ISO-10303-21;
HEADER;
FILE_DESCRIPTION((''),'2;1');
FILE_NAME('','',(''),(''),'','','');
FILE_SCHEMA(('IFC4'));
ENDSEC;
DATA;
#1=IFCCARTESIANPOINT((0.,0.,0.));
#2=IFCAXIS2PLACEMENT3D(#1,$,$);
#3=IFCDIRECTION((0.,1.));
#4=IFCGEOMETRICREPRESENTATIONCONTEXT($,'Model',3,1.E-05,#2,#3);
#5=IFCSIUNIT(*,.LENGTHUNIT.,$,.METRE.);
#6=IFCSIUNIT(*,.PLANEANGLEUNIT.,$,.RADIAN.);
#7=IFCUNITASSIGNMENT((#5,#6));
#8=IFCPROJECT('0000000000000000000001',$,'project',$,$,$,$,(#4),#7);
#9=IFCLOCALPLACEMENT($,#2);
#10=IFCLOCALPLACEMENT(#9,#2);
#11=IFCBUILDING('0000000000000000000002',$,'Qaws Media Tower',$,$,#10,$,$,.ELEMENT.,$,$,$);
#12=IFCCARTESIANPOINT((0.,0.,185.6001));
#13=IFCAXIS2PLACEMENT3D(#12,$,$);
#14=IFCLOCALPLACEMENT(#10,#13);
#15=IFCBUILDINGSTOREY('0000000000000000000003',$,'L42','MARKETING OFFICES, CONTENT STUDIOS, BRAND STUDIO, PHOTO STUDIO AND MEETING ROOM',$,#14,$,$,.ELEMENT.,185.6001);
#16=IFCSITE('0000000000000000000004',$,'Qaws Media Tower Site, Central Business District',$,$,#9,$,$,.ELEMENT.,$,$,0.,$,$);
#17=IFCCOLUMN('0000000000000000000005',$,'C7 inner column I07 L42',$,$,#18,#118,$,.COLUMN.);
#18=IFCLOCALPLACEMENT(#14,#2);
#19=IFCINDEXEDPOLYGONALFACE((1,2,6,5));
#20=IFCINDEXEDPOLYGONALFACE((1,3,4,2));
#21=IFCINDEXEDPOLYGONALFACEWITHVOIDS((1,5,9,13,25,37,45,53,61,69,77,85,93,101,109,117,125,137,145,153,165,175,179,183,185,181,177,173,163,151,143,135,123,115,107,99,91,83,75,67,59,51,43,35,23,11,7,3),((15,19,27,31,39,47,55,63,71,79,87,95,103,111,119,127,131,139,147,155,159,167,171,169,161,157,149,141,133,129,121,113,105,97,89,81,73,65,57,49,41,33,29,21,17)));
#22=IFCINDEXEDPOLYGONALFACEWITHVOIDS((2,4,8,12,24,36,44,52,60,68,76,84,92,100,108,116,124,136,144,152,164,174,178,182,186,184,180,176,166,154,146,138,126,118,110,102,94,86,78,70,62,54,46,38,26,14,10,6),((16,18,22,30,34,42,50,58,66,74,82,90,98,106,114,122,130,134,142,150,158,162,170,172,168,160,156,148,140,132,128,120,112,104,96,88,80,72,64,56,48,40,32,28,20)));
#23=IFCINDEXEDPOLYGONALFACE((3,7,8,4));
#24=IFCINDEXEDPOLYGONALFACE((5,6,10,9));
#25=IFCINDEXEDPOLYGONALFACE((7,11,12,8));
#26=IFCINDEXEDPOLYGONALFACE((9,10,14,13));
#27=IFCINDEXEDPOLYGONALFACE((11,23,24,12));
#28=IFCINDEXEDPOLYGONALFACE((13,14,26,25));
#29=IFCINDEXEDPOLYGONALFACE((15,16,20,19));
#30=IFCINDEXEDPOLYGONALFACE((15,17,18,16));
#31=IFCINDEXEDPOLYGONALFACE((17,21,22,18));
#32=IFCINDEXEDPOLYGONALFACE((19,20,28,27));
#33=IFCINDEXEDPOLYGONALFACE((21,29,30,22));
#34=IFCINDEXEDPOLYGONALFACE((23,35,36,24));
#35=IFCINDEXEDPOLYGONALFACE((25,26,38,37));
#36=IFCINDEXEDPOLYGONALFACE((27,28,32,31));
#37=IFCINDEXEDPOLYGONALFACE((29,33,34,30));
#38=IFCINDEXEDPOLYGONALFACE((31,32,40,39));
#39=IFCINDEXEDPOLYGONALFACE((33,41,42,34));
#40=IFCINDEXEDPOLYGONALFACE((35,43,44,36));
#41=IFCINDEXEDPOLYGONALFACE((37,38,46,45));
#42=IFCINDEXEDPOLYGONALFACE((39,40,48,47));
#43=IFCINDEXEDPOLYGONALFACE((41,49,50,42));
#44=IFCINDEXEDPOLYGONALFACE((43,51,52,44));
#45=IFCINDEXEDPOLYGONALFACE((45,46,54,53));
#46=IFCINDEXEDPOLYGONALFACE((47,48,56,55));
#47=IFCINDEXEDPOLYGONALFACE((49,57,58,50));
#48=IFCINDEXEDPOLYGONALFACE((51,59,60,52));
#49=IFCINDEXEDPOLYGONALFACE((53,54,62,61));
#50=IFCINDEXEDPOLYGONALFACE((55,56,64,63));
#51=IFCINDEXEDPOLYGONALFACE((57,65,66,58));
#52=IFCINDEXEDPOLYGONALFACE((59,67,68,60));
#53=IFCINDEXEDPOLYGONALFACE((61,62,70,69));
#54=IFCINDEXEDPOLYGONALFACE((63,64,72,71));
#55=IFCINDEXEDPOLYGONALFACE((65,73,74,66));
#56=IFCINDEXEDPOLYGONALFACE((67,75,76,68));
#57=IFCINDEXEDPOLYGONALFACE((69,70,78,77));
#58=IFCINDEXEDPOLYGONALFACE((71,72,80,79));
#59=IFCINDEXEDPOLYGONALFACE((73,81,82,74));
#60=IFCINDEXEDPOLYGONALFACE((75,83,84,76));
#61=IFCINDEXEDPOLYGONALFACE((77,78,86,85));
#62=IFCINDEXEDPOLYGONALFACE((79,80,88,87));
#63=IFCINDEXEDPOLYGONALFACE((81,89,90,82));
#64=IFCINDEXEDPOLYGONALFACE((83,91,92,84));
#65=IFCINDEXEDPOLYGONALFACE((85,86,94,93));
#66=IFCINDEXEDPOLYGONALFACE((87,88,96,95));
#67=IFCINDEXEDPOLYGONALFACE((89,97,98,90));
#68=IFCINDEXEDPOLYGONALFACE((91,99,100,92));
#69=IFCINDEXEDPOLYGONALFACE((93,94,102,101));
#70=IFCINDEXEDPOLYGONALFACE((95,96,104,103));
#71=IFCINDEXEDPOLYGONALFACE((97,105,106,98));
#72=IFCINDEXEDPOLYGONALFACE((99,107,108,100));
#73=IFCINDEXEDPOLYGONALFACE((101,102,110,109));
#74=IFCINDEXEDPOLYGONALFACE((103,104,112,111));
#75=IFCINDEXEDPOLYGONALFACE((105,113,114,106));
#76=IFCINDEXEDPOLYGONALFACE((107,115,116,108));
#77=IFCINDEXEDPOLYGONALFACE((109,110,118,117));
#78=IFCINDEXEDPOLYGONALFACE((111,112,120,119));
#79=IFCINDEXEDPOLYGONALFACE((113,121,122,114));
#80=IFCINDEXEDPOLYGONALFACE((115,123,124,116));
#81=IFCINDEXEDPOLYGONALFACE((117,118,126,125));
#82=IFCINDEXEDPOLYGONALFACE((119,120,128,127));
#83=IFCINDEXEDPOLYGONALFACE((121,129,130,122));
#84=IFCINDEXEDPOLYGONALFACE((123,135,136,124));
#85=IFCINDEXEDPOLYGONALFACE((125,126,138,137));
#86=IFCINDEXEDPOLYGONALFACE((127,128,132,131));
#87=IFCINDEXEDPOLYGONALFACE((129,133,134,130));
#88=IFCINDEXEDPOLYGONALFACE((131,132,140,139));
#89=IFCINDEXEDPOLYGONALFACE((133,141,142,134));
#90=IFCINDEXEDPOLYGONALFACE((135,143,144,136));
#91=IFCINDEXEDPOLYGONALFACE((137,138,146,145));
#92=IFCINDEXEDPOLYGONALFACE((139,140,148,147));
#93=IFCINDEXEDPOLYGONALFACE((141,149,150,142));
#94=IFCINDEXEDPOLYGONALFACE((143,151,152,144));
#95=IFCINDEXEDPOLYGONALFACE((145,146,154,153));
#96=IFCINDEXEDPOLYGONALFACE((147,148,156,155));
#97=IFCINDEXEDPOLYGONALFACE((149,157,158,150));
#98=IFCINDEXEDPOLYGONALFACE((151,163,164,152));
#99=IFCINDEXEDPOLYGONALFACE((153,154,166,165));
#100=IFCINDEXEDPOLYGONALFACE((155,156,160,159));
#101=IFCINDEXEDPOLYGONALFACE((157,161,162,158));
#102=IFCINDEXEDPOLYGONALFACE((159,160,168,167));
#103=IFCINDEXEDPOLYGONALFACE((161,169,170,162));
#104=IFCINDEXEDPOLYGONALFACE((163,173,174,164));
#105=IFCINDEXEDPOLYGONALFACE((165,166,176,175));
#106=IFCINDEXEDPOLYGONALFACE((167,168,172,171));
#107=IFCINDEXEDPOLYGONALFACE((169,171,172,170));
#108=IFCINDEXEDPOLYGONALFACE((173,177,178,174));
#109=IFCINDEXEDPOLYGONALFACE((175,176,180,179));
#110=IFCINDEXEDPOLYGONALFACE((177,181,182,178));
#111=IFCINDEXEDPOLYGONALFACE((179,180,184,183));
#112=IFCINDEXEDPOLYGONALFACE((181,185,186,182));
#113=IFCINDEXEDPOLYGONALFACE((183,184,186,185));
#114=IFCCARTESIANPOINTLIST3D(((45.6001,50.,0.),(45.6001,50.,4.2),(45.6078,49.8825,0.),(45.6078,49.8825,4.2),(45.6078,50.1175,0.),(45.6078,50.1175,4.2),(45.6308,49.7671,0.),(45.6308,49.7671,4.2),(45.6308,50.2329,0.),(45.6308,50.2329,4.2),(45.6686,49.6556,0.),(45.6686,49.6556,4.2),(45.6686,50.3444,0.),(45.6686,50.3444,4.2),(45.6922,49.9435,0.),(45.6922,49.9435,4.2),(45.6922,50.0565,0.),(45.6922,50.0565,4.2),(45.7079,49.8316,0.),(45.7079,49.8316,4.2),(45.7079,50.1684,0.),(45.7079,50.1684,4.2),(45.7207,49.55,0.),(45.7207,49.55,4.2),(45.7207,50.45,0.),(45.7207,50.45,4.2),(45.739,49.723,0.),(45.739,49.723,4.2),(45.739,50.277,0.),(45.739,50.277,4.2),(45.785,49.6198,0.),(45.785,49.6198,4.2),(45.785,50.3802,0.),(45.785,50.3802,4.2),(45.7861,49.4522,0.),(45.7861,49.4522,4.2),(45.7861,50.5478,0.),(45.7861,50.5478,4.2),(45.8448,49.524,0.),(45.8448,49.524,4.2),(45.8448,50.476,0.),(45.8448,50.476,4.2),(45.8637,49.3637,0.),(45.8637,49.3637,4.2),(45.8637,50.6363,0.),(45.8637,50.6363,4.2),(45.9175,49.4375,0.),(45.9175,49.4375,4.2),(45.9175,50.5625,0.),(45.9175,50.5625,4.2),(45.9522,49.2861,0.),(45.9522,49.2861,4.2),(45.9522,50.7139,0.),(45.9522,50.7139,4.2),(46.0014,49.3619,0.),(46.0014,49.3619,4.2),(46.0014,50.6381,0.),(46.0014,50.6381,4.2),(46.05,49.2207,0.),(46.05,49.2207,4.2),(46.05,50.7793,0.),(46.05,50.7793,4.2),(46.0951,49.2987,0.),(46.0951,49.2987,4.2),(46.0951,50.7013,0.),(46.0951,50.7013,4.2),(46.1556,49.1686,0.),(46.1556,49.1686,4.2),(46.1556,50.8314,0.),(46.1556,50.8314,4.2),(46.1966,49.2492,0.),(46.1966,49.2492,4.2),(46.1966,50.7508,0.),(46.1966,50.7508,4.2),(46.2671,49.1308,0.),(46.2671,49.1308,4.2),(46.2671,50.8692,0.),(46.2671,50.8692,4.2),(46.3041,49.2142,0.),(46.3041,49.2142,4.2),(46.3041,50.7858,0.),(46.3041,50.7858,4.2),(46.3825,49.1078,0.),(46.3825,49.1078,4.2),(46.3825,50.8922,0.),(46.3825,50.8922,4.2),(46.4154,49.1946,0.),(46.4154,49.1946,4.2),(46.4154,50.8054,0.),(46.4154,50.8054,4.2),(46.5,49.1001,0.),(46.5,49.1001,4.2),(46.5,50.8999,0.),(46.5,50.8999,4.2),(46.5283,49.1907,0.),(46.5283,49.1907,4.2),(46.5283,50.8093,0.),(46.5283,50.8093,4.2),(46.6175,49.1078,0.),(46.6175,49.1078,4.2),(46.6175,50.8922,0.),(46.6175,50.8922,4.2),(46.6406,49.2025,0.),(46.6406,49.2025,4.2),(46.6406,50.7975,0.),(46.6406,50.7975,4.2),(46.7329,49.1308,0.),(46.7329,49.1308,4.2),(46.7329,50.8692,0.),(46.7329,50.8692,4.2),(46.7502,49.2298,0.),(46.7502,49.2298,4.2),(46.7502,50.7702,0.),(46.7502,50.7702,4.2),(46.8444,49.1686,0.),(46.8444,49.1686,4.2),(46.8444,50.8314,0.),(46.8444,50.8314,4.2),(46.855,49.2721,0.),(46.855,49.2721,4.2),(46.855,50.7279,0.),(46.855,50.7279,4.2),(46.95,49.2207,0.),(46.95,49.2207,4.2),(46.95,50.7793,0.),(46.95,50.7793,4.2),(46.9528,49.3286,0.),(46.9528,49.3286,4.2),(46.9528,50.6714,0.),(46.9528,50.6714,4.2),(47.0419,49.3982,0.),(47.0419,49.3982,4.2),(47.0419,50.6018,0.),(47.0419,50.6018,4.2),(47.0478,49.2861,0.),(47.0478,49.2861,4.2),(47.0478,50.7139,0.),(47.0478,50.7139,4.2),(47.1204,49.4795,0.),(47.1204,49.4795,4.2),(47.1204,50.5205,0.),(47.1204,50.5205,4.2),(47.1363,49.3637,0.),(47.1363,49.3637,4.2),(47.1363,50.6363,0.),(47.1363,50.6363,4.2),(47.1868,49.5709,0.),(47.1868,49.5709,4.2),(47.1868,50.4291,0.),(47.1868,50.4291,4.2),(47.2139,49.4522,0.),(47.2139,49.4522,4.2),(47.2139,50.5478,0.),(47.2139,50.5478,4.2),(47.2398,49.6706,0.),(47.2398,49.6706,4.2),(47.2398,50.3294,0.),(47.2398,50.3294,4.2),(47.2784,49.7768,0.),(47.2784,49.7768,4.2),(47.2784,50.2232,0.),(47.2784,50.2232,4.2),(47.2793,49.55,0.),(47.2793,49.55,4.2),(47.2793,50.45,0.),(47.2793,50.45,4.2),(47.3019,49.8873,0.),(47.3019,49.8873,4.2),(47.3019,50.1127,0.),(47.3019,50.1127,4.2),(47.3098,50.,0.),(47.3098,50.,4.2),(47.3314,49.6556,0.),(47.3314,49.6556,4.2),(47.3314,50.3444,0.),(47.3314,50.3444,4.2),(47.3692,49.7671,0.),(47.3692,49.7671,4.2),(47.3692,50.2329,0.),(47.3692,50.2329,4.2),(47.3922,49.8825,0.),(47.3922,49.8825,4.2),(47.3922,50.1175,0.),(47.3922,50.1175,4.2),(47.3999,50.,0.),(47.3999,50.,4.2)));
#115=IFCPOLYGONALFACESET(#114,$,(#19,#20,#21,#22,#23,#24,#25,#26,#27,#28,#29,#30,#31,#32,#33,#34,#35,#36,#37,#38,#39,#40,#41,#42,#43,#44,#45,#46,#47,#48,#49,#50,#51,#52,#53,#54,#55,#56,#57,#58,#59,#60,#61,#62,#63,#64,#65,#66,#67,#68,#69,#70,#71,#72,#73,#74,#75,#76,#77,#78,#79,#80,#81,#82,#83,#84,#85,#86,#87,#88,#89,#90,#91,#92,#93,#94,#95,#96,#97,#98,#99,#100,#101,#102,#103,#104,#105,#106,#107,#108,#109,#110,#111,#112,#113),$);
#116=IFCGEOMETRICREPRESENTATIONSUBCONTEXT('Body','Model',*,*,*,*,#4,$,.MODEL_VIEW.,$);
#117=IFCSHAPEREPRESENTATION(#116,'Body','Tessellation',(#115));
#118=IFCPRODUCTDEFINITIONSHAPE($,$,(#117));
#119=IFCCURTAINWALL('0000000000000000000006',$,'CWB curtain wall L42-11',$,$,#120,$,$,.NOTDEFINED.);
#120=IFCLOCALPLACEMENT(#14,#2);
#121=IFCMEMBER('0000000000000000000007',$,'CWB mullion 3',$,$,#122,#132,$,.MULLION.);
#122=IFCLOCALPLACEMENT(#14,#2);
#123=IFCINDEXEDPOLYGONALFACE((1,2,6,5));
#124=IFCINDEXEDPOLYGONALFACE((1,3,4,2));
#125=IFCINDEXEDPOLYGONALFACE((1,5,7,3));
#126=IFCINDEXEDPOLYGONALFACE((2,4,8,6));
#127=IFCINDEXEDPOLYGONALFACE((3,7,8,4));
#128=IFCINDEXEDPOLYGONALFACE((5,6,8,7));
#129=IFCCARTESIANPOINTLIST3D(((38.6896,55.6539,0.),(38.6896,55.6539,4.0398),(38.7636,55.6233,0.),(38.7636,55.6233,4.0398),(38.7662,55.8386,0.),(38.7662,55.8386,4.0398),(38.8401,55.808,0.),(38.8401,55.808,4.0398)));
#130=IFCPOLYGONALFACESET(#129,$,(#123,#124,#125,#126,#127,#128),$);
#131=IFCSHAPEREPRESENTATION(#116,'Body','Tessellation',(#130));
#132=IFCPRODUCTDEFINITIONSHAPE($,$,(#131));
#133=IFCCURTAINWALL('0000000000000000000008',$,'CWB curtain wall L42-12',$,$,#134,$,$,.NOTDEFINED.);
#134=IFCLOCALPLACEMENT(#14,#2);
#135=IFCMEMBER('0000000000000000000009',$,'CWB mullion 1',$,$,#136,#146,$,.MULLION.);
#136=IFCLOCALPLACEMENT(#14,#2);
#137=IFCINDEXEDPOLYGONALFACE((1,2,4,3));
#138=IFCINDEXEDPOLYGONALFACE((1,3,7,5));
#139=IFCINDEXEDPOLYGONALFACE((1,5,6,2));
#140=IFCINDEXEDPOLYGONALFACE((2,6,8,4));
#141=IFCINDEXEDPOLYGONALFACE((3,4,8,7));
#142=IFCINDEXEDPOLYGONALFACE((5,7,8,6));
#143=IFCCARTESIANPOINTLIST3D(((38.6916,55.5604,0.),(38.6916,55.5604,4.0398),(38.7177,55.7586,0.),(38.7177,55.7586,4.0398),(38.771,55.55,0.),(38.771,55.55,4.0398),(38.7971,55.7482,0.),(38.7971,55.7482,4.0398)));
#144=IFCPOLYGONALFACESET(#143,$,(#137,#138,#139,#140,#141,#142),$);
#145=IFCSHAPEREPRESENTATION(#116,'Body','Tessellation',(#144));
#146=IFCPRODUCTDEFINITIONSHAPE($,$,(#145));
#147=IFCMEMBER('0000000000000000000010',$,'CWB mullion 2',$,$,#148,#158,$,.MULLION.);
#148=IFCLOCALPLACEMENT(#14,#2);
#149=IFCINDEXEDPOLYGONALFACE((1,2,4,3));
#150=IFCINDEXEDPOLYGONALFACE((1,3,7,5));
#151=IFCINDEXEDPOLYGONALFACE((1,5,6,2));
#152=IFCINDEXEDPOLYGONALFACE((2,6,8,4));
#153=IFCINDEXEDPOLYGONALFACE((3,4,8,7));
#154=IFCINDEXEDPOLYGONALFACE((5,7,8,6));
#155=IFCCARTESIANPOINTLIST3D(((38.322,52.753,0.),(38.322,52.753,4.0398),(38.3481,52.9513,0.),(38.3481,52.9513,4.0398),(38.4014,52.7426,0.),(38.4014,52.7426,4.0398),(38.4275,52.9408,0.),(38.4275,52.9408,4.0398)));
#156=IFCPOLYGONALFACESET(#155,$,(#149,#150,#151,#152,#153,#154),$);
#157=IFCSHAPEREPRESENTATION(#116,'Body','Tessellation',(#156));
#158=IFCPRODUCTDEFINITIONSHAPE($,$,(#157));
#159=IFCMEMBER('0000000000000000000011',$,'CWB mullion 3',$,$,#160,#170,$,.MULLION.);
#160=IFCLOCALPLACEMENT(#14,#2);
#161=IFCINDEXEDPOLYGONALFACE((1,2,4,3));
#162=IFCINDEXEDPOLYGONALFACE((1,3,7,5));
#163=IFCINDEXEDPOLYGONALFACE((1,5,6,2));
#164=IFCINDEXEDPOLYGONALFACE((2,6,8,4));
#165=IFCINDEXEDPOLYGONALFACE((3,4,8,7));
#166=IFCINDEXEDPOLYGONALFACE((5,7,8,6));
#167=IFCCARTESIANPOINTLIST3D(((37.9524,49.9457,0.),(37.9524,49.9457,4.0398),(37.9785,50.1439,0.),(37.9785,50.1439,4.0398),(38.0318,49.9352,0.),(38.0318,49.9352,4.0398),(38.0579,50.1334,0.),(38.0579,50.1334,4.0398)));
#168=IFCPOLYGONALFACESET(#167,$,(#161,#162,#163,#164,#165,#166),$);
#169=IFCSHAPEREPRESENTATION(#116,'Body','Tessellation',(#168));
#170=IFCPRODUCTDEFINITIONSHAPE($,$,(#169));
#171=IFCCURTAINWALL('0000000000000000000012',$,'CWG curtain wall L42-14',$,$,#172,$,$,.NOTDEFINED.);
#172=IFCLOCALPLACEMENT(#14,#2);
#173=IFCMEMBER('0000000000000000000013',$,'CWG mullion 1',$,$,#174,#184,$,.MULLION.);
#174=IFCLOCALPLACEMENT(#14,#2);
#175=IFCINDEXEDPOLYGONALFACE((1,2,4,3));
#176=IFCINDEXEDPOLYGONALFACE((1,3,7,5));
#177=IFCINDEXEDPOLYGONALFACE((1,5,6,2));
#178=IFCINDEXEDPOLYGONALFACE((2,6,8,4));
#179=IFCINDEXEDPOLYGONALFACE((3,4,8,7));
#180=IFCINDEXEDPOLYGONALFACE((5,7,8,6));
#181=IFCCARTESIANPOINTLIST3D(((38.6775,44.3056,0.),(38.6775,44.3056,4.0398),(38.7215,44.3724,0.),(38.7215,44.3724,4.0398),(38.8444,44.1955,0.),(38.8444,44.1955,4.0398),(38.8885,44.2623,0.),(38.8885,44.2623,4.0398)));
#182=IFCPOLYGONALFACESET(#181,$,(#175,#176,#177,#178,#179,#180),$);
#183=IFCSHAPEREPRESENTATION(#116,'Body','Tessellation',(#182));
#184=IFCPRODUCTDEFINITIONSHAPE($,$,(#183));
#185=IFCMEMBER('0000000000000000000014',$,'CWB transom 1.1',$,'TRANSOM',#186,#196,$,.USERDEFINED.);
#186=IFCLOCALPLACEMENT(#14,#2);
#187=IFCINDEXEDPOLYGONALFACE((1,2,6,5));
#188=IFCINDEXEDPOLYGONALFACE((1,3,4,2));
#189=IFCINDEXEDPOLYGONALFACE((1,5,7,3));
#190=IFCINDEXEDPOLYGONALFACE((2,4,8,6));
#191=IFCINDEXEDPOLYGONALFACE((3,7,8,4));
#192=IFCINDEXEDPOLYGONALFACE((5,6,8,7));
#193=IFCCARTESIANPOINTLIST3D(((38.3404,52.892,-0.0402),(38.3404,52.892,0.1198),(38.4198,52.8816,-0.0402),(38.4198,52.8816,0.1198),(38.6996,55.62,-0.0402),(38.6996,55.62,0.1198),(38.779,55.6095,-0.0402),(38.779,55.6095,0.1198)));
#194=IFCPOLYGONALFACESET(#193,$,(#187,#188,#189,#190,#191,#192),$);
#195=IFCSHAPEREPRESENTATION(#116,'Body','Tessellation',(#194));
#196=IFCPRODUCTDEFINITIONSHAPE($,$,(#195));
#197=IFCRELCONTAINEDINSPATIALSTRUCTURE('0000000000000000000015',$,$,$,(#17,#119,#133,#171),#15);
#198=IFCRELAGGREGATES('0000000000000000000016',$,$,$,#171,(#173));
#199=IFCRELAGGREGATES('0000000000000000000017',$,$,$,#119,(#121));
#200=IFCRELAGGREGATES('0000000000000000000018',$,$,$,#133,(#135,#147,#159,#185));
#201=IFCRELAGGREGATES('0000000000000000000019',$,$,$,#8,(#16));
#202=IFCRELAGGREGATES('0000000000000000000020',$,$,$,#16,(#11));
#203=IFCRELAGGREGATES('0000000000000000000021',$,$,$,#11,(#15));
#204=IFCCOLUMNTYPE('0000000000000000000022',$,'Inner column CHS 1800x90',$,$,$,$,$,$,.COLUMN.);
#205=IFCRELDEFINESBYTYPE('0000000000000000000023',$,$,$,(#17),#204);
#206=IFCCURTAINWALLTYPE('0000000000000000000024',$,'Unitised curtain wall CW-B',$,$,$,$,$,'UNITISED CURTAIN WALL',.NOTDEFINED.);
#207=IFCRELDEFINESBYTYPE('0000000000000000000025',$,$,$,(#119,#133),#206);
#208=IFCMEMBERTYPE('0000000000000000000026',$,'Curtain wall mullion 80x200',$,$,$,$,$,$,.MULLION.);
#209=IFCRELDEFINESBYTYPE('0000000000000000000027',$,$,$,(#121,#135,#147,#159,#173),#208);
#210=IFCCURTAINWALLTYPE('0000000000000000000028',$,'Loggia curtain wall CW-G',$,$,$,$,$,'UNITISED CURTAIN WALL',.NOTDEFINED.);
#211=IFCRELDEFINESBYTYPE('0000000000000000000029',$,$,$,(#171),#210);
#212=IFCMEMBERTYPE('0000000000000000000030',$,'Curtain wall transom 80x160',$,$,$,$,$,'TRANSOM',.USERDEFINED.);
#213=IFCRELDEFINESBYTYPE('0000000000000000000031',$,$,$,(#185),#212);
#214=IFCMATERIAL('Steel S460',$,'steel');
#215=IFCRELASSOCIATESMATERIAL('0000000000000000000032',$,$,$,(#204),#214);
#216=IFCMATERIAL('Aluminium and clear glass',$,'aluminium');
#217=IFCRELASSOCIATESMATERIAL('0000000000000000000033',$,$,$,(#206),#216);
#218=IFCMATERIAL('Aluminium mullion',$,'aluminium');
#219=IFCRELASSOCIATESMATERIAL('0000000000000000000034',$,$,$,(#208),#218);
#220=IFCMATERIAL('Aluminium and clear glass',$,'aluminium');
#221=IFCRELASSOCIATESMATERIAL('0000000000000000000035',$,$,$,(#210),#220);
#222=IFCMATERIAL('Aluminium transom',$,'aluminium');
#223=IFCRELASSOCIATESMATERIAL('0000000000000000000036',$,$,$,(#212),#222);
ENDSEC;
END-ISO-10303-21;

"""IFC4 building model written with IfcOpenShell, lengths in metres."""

from ifc_helpers import new_model, si_unit, direction, frame, origin, origin_2d, place, context, subcontext, project, spatial, rectangle, hollow_circle, extrude, material, material_profile, profile_set, type_object, element, aggregate, save


model = new_model("IFC4")

# Units and contexts
model_context = context("Model", 3, precision=1e-05, world=origin(), true_north=direction((0.0, 1.0)))
body_context = subcontext(model_context, "Body", "Model", "MODEL_VIEW")
ifc_project = project(units=[si_unit("LENGTHUNIT", "METRE"), si_unit("PLANEANGLEUNIT", "RADIAN")], contexts=[model_context])

# Site, building, storey
site_placement = place(None, origin())
site = spatial("IfcSite", under=ifc_project, at=site_placement, Name="Qaws Media Tower Site, Central Business District", CompositionType="ELEMENT", RefElevation=0.0)
building_placement = place(site_placement, origin())
building = spatial("IfcBuilding", under=site, at=building_placement, Name="Qaws Media Tower", CompositionType="ELEMENT")
storey_placement = place(building_placement, frame((0.0, 0.0, 185.6001)))
storey = spatial("IfcBuildingStorey", under=building, at=storey_placement, Name="L42", Description="MARKETING OFFICES, CONTENT STUDIOS, BRAND STUDIO, PHOTO STUDIO AND MEETING ROOM", CompositionType="ELEMENT", Elevation=185.6001)

# Column
ifc_material_1 = material(Name="Steel S460", Category="steel")
ifc_material_profile_1 = material_profile(ifc_material_1, hollow_circle(Radius=0.8999, WallThickness=0.0901, at=origin_2d()), Name="CHS 1800x90")
ifc_profile_set_1 = profile_set([ifc_material_profile_1], Name="Steel S460")
column_type = type_object("IfcColumnType", Name="Inner column CHS 1800x90", PredefinedType="COLUMN", material=ifc_profile_set_1)
column_placement = place(storey_placement, frame((46.5, 50.0, 0.0), z_axis=(0.0, 0.0, 1.0), x_axis=(1.0, 0.0, 0.0)))
element("IfcColumn", 1, at=column_placement, inside=storey, type_object=column_type, Name="C7 inner column I07 L42", PredefinedType="COLUMN", context=body_context, shape_type="SweptSolid", body=[
    extrude(hollow_circle(Radius=0.8999, WallThickness=0.0901, at=origin_2d()), origin(), (0.0, 0.0, 1.0), 4.2),
])

# Curtain wall, member
ifc_material_2 = material(Name="Aluminium and clear glass", Category="aluminium")
curtain_wall_type_1 = type_object("IfcCurtainWallType", Name="Unitised curtain wall CW-B", ElementType="UNITISED CURTAIN WALL", PredefinedType="NOTDEFINED", material=ifc_material_2)
curtain_wall_1_placement = place(storey_placement, origin())
curtain_wall_1 = element("IfcCurtainWall", 2, at=curtain_wall_1_placement, inside=storey, type_object=curtain_wall_type_1, Name="CWB curtain wall L42-11", PredefinedType="NOTDEFINED")
ifc_material_3 = material(Name="Aluminium mullion", Category="aluminium")
ifc_material_profile_2 = material_profile(ifc_material_3, rectangle(XDim=0.0801, YDim=0.2, at=origin_2d()), Name="80x200")
ifc_profile_set_2 = profile_set([ifc_material_profile_2], Name="Aluminium mullion")
member_type_1 = type_object("IfcMemberType", Name="Curtain wall mullion 80x200", PredefinedType="MULLION", material=ifc_profile_set_2)
member_1_placement = place(storey_placement, frame((38.7649, 55.731, 0.0), z_axis=(0.0, 0.0, 1.0), x_axis=(0.92388, -0.382683, 0.0)))
member_1 = element("IfcMember", 3, at=member_1_placement, type_object=member_type_1, Name="CWB mullion 3", PredefinedType="MULLION", context=body_context, shape_type="SweptSolid", body=[
    extrude(rectangle(XDim=0.0801, YDim=0.2, at=origin_2d()), origin(), (0.0, 0.0, 1.0), 4.0398),
])

# Curtain wall, members
curtain_wall_2_placement = place(storey_placement, origin())
curtain_wall_2 = element("IfcCurtainWall", 4, at=curtain_wall_2_placement, inside=storey, type_object=curtain_wall_type_1, Name="CWB curtain wall L42-12", PredefinedType="NOTDEFINED")
member_2_placement = place(storey_placement, frame((38.7444, 55.6543, 0.0), z_axis=(0.0, 0.0, 1.0), x_axis=(0.991445, -0.130526, 0.0)))
member_2 = element("IfcMember", 5, at=member_2_placement, type_object=member_type_1, Name="CWB mullion 1", PredefinedType="MULLION", context=body_context, shape_type="SweptSolid", body=[
    extrude(rectangle(XDim=0.0801, YDim=0.2, at=origin_2d()), origin(), (0.0, 0.0, 1.0), 4.0398),
])
member_3_placement = place(storey_placement, frame((38.3748, 52.8469, 0.0), z_axis=(0.0, 0.0, 1.0), x_axis=(0.991445, -0.130526, 0.0)))
member_3 = element("IfcMember", 6, at=member_3_placement, type_object=member_type_1, Name="CWB mullion 2", PredefinedType="MULLION", context=body_context, shape_type="SweptSolid", body=[
    extrude(rectangle(XDim=0.0801, YDim=0.2, at=origin_2d()), origin(), (0.0, 0.0, 1.0), 4.0398),
])
member_4_placement = place(storey_placement, frame((38.0051, 50.0396, 0.0), z_axis=(0.0, 0.0, 1.0), x_axis=(0.991445, -0.130526, 0.0)))
member_4 = element("IfcMember", 7, at=member_4_placement, type_object=member_type_1, Name="CWB mullion 3", PredefinedType="MULLION", context=body_context, shape_type="SweptSolid", body=[
    extrude(rectangle(XDim=0.0801, YDim=0.2, at=origin_2d()), origin(), (0.0, 0.0, 1.0), 4.0398),
])

# Curtain wall, member
ifc_material_4 = material(Name="Aluminium and clear glass", Category="aluminium")
curtain_wall_type_2 = type_object("IfcCurtainWallType", Name="Loggia curtain wall CW-G", ElementType="UNITISED CURTAIN WALL", PredefinedType="NOTDEFINED", material=ifc_material_4)
curtain_wall_3_placement = place(storey_placement, origin())
curtain_wall_3 = element("IfcCurtainWall", 8, at=curtain_wall_3_placement, inside=storey, type_object=curtain_wall_type_2, Name="CWG curtain wall L42-14", PredefinedType="NOTDEFINED")
member_5_placement = place(storey_placement, frame((38.783, 44.2839, 0.0), z_axis=(0.0, 0.0, 1.0), x_axis=(0.550596, 0.834772, 0.0)))
member_5 = element("IfcMember", 9, at=member_5_placement, type_object=member_type_1, Name="CWG mullion 1", PredefinedType="MULLION", context=body_context, shape_type="SweptSolid", body=[
    extrude(rectangle(XDim=0.0801, YDim=0.2, at=origin_2d()), origin(), (0.0, 0.0, 1.0), 4.0398),
])

# Member
ifc_material_5 = material(Name="Aluminium transom", Category="aluminium")
ifc_material_profile_3 = material_profile(ifc_material_5, rectangle(XDim=0.0801, YDim=0.1599, at=origin_2d()), Name="80x160")
ifc_profile_set_3 = profile_set([ifc_material_profile_3], Name="Aluminium transom")
member_type_2 = type_object("IfcMemberType", Name="Curtain wall transom 80x160", ElementType="TRANSOM", PredefinedType="USERDEFINED", material=ifc_profile_set_3)
member_6_placement = place(storey_placement, frame((38.7393, 55.6147, 0.0398), z_axis=(-0.130519, -0.991446, 0.0), x_axis=(0.991446, -0.130519, 0.0)))
member_6 = element("IfcMember", 10, at=member_6_placement, type_object=member_type_2, Name="CWB transom 1.1", ObjectType="TRANSOM", PredefinedType="USERDEFINED", context=body_context, shape_type="SweptSolid", body=[
    extrude(rectangle(XDim=0.0801, YDim=0.1599, at=origin_2d()), origin(), (0.0, 0.0, 1.0), 2.7515),
])
aggregate(curtain_wall_3, [member_5])

aggregate(curtain_wall_1, [member_1])
aggregate(curtain_wall_2, [member_2, member_3, member_4, member_6])

save(model, "model.ifc")
